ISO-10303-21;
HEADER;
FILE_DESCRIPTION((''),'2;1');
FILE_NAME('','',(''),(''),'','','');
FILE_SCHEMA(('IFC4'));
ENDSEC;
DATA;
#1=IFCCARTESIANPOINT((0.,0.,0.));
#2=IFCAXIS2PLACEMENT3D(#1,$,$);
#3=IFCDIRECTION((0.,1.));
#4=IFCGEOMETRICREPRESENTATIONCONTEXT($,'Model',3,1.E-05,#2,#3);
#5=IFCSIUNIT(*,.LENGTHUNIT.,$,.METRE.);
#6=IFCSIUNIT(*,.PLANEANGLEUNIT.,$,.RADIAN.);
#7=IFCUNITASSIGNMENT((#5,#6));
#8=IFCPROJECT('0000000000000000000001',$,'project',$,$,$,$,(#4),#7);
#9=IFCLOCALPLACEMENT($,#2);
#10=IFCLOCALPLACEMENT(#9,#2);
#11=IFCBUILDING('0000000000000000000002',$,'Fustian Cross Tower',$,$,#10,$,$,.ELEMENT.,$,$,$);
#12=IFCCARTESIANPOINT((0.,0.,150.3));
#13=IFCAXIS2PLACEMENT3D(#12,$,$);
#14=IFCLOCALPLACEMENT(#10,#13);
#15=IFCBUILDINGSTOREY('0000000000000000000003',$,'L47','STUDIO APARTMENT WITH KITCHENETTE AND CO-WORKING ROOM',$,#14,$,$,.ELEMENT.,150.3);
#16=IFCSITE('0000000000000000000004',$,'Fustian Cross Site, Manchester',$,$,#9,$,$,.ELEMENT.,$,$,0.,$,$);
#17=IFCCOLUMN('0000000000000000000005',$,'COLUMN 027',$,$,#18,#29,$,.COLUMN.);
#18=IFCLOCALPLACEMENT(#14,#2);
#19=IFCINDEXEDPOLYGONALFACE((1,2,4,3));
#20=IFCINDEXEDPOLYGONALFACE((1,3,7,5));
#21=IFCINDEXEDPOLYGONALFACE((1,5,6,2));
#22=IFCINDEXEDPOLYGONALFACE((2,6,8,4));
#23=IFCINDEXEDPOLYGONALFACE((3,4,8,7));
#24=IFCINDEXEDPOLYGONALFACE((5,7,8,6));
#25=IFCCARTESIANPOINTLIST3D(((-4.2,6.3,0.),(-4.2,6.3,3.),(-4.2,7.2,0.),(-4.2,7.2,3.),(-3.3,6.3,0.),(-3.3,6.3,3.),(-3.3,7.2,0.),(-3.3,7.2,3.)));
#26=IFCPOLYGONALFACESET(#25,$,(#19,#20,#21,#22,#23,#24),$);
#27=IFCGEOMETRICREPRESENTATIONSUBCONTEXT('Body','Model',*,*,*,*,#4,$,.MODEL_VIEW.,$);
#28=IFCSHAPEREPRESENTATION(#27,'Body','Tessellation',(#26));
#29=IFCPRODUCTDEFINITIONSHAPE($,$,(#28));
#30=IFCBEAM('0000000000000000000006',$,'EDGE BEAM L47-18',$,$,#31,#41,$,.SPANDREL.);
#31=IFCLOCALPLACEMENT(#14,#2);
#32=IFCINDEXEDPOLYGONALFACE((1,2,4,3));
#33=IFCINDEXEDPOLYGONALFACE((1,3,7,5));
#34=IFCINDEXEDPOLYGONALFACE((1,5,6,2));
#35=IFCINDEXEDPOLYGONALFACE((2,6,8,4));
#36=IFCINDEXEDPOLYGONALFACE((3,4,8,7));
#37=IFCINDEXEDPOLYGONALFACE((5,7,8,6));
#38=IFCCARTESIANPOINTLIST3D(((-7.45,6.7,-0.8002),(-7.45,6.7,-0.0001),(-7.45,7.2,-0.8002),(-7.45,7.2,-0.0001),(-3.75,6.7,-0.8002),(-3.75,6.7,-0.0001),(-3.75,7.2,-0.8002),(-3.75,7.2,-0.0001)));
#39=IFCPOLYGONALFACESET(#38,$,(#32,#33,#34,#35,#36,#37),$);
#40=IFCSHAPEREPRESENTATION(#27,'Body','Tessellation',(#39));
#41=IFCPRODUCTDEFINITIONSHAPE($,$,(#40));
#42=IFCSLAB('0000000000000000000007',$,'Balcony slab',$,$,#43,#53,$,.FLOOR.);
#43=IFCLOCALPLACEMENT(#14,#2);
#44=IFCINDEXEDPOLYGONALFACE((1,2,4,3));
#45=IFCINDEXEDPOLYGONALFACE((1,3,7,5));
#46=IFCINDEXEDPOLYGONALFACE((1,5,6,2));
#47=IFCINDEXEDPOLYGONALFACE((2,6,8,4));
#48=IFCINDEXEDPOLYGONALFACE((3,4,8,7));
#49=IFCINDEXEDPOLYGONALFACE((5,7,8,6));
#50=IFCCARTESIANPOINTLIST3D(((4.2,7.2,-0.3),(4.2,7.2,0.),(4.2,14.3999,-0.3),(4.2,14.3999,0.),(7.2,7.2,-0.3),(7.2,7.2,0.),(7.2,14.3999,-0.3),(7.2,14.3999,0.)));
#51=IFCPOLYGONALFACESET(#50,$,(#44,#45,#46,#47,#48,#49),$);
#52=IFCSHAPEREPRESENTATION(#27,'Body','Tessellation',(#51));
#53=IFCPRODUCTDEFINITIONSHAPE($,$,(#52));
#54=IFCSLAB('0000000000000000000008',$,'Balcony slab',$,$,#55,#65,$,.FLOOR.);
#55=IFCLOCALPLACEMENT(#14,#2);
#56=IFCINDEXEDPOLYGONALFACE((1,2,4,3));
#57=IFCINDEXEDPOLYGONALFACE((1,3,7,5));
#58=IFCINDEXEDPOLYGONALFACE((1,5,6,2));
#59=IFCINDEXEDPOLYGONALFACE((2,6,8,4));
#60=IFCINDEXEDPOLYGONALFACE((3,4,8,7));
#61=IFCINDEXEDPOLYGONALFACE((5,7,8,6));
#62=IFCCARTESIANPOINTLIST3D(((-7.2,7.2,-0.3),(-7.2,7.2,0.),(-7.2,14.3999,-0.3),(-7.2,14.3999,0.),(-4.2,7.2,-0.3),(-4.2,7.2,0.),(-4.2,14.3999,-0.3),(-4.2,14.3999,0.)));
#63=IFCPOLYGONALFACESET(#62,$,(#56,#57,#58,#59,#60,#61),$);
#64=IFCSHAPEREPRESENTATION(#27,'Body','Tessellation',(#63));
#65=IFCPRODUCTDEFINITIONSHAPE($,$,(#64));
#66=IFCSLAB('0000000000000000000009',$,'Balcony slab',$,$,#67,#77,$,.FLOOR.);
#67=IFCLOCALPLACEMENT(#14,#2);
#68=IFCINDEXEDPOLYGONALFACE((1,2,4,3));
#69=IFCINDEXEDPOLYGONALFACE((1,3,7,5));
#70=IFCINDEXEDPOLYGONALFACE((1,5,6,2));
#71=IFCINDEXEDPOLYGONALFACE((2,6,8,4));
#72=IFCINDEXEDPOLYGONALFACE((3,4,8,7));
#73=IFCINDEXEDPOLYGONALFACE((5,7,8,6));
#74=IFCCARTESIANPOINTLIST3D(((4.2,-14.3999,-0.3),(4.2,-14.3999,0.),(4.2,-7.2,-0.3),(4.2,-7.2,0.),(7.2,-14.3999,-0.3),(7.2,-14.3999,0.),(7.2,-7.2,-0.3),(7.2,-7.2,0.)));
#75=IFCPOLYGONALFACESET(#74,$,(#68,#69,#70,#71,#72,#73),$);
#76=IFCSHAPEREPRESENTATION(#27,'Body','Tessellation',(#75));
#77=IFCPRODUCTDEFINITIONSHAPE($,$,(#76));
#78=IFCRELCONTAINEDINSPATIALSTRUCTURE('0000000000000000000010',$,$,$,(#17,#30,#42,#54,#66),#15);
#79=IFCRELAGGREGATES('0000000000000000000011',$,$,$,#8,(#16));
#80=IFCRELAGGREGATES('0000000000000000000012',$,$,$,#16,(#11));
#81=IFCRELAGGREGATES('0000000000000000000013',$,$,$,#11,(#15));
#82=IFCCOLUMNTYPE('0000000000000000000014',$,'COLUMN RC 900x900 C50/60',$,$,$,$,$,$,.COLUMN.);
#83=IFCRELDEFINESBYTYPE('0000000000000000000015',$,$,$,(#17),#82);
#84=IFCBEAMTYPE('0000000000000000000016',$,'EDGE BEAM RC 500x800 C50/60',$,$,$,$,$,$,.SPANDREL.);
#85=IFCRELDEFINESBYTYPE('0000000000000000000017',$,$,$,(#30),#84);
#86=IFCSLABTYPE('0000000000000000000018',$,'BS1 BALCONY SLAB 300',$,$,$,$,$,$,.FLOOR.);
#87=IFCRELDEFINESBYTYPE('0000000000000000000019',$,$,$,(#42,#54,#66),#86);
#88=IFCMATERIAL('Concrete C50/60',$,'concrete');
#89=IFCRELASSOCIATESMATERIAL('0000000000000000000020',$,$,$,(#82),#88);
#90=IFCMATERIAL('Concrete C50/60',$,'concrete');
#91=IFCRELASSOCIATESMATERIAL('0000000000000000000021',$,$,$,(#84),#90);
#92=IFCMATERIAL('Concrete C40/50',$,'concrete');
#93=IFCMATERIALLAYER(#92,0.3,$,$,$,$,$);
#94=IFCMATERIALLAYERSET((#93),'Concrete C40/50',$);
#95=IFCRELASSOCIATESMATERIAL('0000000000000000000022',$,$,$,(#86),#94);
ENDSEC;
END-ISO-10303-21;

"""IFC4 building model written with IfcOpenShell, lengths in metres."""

from ifc_helpers import new_model, si_unit, direction, frame, origin, origin_2d, place, context, subcontext, project, spatial, polyline, rectangle, outline, extrude, material, layer, layer_set, material_profile, profile_set, type_object, element, save


model = new_model("IFC4")

# Units and contexts
model_context = context("Model", 3, precision=1e-05, world=origin(), true_north=direction((0.0, 1.0)))
body_context = subcontext(model_context, "Body", "Model", "MODEL_VIEW")
ifc_project = project(units=[si_unit("LENGTHUNIT", "METRE"), si_unit("PLANEANGLEUNIT", "RADIAN")], contexts=[model_context])

# Site, building, storey
site_placement = place(None, origin())
site = spatial("IfcSite", under=ifc_project, at=site_placement, Name="Fustian Cross Site, Manchester", CompositionType="ELEMENT", RefElevation=0.0)
building_placement = place(site_placement, origin())
building = spatial("IfcBuilding", under=site, at=building_placement, Name="Fustian Cross Tower", CompositionType="ELEMENT")
storey_placement = place(building_placement, frame((0.0, 0.0, 150.3)))
storey = spatial("IfcBuildingStorey", under=building, at=storey_placement, Name="L47", Description="STUDIO APARTMENT WITH KITCHENETTE AND CO-WORKING ROOM", CompositionType="ELEMENT", Elevation=150.3)

# Column
ifc_material_1 = material(Name="Concrete C50/60", Category="concrete")
ifc_material_profile_1 = material_profile(ifc_material_1, rectangle(XDim=0.8999, YDim=0.8999, at=origin_2d()), Name="RC 900x900")
ifc_profile_set_1 = profile_set([ifc_material_profile_1], Name="Concrete C50/60")
column_type = type_object("IfcColumnType", Name="COLUMN RC 900x900 C50/60", PredefinedType="COLUMN", material=ifc_profile_set_1)
column_placement = place(storey_placement, frame((-3.75, 6.75, 0.0), z_axis=(0.0, 0.0, 1.0), x_axis=(1.0, 0.0, 0.0)))
element("IfcColumn", 1, at=column_placement, inside=storey, type_object=column_type, Name="COLUMN 027", PredefinedType="COLUMN", context=body_context, shape_type="SweptSolid", body=[
    extrude(rectangle(XDim=0.8999, YDim=0.8999, at=origin_2d()), origin(), (0.0, 0.0, 1.0), 3.0),
])

# Beam
ifc_material_2 = material(Name="Concrete C50/60", Category="concrete")
ifc_material_profile_2 = material_profile(ifc_material_2, rectangle(XDim=0.5, YDim=0.8, at=origin_2d()), Name="RC 500x800")
ifc_profile_set_2 = profile_set([ifc_material_profile_2], Name="Concrete C50/60")
beam_type = type_object("IfcBeamType", Name="EDGE BEAM RC 500x800 C50/60", PredefinedType="SPANDREL", material=ifc_profile_set_2)
beam_placement = place(storey_placement, frame((-3.75, 6.95, -0.4001), z_axis=(-1.0, 0.0, 0.0), x_axis=(0.0, -1.0, 0.0)))
element("IfcBeam", 2, at=beam_placement, inside=storey, type_object=beam_type, Name="EDGE BEAM L47-18", PredefinedType="SPANDREL", context=body_context, shape_type="SweptSolid", body=[
    extrude(rectangle(XDim=0.5, YDim=0.8, at=origin_2d()), origin(), (0.0, 0.0, 1.0), 3.7),
])

# Slabs
ifc_material_3 = material(Name="Concrete C40/50", Category="concrete")
ifc_layer_1 = layer(ifc_material_3, 0.3)
ifc_layer_set_1 = layer_set([ifc_layer_1], Name="Concrete C40/50")
slab_type_1 = type_object("IfcSlabType", Name="BS1 BALCONY SLAB 300", PredefinedType="FLOOR", material=ifc_layer_set_1)
slab_1_placement = place(storey_placement, frame((0.0, 0.0, -0.3)))
element("IfcSlab", 3, at=slab_1_placement, inside=storey, type_object=slab_type_1, Name="Balcony slab", PredefinedType="FLOOR", context=body_context, shape_type="SweptSolid", body=[
    extrude(outline(polyline([(4.2, 7.2), (7.2, 7.2), (7.2, 14.3999), (4.2, 14.3999), (4.2, 7.2)])), origin(), (0.0, 0.0, 1.0), 0.3),
])
slab_2_placement = place(storey_placement, frame((0.0, 0.0, -0.3)))
element("IfcSlab", 4, at=slab_2_placement, inside=storey, type_object=slab_type_1, Name="Balcony slab", PredefinedType="FLOOR", context=body_context, shape_type="SweptSolid", body=[
    extrude(outline(polyline([(-7.2, 7.2), (-4.2, 7.2), (-4.2, 14.3999), (-7.2, 14.3999), (-7.2, 7.2)])), origin(), (0.0, 0.0, 1.0), 0.3),
])
slab_3_placement = place(storey_placement, frame((0.0, 0.0, -0.3)))
element("IfcSlab", 5, at=slab_3_placement, inside=storey, type_object=slab_type_1, Name="Balcony slab", PredefinedType="FLOOR", context=body_context, shape_type="SweptSolid", body=[
    extrude(outline(polyline([(4.2, -14.3999), (7.2, -14.3999), (7.2, -7.2), (4.2, -7.2), (4.2, -14.3999)])), origin(), (0.0, 0.0, 1.0), 0.3),
])

save(model, "model.ifc")
